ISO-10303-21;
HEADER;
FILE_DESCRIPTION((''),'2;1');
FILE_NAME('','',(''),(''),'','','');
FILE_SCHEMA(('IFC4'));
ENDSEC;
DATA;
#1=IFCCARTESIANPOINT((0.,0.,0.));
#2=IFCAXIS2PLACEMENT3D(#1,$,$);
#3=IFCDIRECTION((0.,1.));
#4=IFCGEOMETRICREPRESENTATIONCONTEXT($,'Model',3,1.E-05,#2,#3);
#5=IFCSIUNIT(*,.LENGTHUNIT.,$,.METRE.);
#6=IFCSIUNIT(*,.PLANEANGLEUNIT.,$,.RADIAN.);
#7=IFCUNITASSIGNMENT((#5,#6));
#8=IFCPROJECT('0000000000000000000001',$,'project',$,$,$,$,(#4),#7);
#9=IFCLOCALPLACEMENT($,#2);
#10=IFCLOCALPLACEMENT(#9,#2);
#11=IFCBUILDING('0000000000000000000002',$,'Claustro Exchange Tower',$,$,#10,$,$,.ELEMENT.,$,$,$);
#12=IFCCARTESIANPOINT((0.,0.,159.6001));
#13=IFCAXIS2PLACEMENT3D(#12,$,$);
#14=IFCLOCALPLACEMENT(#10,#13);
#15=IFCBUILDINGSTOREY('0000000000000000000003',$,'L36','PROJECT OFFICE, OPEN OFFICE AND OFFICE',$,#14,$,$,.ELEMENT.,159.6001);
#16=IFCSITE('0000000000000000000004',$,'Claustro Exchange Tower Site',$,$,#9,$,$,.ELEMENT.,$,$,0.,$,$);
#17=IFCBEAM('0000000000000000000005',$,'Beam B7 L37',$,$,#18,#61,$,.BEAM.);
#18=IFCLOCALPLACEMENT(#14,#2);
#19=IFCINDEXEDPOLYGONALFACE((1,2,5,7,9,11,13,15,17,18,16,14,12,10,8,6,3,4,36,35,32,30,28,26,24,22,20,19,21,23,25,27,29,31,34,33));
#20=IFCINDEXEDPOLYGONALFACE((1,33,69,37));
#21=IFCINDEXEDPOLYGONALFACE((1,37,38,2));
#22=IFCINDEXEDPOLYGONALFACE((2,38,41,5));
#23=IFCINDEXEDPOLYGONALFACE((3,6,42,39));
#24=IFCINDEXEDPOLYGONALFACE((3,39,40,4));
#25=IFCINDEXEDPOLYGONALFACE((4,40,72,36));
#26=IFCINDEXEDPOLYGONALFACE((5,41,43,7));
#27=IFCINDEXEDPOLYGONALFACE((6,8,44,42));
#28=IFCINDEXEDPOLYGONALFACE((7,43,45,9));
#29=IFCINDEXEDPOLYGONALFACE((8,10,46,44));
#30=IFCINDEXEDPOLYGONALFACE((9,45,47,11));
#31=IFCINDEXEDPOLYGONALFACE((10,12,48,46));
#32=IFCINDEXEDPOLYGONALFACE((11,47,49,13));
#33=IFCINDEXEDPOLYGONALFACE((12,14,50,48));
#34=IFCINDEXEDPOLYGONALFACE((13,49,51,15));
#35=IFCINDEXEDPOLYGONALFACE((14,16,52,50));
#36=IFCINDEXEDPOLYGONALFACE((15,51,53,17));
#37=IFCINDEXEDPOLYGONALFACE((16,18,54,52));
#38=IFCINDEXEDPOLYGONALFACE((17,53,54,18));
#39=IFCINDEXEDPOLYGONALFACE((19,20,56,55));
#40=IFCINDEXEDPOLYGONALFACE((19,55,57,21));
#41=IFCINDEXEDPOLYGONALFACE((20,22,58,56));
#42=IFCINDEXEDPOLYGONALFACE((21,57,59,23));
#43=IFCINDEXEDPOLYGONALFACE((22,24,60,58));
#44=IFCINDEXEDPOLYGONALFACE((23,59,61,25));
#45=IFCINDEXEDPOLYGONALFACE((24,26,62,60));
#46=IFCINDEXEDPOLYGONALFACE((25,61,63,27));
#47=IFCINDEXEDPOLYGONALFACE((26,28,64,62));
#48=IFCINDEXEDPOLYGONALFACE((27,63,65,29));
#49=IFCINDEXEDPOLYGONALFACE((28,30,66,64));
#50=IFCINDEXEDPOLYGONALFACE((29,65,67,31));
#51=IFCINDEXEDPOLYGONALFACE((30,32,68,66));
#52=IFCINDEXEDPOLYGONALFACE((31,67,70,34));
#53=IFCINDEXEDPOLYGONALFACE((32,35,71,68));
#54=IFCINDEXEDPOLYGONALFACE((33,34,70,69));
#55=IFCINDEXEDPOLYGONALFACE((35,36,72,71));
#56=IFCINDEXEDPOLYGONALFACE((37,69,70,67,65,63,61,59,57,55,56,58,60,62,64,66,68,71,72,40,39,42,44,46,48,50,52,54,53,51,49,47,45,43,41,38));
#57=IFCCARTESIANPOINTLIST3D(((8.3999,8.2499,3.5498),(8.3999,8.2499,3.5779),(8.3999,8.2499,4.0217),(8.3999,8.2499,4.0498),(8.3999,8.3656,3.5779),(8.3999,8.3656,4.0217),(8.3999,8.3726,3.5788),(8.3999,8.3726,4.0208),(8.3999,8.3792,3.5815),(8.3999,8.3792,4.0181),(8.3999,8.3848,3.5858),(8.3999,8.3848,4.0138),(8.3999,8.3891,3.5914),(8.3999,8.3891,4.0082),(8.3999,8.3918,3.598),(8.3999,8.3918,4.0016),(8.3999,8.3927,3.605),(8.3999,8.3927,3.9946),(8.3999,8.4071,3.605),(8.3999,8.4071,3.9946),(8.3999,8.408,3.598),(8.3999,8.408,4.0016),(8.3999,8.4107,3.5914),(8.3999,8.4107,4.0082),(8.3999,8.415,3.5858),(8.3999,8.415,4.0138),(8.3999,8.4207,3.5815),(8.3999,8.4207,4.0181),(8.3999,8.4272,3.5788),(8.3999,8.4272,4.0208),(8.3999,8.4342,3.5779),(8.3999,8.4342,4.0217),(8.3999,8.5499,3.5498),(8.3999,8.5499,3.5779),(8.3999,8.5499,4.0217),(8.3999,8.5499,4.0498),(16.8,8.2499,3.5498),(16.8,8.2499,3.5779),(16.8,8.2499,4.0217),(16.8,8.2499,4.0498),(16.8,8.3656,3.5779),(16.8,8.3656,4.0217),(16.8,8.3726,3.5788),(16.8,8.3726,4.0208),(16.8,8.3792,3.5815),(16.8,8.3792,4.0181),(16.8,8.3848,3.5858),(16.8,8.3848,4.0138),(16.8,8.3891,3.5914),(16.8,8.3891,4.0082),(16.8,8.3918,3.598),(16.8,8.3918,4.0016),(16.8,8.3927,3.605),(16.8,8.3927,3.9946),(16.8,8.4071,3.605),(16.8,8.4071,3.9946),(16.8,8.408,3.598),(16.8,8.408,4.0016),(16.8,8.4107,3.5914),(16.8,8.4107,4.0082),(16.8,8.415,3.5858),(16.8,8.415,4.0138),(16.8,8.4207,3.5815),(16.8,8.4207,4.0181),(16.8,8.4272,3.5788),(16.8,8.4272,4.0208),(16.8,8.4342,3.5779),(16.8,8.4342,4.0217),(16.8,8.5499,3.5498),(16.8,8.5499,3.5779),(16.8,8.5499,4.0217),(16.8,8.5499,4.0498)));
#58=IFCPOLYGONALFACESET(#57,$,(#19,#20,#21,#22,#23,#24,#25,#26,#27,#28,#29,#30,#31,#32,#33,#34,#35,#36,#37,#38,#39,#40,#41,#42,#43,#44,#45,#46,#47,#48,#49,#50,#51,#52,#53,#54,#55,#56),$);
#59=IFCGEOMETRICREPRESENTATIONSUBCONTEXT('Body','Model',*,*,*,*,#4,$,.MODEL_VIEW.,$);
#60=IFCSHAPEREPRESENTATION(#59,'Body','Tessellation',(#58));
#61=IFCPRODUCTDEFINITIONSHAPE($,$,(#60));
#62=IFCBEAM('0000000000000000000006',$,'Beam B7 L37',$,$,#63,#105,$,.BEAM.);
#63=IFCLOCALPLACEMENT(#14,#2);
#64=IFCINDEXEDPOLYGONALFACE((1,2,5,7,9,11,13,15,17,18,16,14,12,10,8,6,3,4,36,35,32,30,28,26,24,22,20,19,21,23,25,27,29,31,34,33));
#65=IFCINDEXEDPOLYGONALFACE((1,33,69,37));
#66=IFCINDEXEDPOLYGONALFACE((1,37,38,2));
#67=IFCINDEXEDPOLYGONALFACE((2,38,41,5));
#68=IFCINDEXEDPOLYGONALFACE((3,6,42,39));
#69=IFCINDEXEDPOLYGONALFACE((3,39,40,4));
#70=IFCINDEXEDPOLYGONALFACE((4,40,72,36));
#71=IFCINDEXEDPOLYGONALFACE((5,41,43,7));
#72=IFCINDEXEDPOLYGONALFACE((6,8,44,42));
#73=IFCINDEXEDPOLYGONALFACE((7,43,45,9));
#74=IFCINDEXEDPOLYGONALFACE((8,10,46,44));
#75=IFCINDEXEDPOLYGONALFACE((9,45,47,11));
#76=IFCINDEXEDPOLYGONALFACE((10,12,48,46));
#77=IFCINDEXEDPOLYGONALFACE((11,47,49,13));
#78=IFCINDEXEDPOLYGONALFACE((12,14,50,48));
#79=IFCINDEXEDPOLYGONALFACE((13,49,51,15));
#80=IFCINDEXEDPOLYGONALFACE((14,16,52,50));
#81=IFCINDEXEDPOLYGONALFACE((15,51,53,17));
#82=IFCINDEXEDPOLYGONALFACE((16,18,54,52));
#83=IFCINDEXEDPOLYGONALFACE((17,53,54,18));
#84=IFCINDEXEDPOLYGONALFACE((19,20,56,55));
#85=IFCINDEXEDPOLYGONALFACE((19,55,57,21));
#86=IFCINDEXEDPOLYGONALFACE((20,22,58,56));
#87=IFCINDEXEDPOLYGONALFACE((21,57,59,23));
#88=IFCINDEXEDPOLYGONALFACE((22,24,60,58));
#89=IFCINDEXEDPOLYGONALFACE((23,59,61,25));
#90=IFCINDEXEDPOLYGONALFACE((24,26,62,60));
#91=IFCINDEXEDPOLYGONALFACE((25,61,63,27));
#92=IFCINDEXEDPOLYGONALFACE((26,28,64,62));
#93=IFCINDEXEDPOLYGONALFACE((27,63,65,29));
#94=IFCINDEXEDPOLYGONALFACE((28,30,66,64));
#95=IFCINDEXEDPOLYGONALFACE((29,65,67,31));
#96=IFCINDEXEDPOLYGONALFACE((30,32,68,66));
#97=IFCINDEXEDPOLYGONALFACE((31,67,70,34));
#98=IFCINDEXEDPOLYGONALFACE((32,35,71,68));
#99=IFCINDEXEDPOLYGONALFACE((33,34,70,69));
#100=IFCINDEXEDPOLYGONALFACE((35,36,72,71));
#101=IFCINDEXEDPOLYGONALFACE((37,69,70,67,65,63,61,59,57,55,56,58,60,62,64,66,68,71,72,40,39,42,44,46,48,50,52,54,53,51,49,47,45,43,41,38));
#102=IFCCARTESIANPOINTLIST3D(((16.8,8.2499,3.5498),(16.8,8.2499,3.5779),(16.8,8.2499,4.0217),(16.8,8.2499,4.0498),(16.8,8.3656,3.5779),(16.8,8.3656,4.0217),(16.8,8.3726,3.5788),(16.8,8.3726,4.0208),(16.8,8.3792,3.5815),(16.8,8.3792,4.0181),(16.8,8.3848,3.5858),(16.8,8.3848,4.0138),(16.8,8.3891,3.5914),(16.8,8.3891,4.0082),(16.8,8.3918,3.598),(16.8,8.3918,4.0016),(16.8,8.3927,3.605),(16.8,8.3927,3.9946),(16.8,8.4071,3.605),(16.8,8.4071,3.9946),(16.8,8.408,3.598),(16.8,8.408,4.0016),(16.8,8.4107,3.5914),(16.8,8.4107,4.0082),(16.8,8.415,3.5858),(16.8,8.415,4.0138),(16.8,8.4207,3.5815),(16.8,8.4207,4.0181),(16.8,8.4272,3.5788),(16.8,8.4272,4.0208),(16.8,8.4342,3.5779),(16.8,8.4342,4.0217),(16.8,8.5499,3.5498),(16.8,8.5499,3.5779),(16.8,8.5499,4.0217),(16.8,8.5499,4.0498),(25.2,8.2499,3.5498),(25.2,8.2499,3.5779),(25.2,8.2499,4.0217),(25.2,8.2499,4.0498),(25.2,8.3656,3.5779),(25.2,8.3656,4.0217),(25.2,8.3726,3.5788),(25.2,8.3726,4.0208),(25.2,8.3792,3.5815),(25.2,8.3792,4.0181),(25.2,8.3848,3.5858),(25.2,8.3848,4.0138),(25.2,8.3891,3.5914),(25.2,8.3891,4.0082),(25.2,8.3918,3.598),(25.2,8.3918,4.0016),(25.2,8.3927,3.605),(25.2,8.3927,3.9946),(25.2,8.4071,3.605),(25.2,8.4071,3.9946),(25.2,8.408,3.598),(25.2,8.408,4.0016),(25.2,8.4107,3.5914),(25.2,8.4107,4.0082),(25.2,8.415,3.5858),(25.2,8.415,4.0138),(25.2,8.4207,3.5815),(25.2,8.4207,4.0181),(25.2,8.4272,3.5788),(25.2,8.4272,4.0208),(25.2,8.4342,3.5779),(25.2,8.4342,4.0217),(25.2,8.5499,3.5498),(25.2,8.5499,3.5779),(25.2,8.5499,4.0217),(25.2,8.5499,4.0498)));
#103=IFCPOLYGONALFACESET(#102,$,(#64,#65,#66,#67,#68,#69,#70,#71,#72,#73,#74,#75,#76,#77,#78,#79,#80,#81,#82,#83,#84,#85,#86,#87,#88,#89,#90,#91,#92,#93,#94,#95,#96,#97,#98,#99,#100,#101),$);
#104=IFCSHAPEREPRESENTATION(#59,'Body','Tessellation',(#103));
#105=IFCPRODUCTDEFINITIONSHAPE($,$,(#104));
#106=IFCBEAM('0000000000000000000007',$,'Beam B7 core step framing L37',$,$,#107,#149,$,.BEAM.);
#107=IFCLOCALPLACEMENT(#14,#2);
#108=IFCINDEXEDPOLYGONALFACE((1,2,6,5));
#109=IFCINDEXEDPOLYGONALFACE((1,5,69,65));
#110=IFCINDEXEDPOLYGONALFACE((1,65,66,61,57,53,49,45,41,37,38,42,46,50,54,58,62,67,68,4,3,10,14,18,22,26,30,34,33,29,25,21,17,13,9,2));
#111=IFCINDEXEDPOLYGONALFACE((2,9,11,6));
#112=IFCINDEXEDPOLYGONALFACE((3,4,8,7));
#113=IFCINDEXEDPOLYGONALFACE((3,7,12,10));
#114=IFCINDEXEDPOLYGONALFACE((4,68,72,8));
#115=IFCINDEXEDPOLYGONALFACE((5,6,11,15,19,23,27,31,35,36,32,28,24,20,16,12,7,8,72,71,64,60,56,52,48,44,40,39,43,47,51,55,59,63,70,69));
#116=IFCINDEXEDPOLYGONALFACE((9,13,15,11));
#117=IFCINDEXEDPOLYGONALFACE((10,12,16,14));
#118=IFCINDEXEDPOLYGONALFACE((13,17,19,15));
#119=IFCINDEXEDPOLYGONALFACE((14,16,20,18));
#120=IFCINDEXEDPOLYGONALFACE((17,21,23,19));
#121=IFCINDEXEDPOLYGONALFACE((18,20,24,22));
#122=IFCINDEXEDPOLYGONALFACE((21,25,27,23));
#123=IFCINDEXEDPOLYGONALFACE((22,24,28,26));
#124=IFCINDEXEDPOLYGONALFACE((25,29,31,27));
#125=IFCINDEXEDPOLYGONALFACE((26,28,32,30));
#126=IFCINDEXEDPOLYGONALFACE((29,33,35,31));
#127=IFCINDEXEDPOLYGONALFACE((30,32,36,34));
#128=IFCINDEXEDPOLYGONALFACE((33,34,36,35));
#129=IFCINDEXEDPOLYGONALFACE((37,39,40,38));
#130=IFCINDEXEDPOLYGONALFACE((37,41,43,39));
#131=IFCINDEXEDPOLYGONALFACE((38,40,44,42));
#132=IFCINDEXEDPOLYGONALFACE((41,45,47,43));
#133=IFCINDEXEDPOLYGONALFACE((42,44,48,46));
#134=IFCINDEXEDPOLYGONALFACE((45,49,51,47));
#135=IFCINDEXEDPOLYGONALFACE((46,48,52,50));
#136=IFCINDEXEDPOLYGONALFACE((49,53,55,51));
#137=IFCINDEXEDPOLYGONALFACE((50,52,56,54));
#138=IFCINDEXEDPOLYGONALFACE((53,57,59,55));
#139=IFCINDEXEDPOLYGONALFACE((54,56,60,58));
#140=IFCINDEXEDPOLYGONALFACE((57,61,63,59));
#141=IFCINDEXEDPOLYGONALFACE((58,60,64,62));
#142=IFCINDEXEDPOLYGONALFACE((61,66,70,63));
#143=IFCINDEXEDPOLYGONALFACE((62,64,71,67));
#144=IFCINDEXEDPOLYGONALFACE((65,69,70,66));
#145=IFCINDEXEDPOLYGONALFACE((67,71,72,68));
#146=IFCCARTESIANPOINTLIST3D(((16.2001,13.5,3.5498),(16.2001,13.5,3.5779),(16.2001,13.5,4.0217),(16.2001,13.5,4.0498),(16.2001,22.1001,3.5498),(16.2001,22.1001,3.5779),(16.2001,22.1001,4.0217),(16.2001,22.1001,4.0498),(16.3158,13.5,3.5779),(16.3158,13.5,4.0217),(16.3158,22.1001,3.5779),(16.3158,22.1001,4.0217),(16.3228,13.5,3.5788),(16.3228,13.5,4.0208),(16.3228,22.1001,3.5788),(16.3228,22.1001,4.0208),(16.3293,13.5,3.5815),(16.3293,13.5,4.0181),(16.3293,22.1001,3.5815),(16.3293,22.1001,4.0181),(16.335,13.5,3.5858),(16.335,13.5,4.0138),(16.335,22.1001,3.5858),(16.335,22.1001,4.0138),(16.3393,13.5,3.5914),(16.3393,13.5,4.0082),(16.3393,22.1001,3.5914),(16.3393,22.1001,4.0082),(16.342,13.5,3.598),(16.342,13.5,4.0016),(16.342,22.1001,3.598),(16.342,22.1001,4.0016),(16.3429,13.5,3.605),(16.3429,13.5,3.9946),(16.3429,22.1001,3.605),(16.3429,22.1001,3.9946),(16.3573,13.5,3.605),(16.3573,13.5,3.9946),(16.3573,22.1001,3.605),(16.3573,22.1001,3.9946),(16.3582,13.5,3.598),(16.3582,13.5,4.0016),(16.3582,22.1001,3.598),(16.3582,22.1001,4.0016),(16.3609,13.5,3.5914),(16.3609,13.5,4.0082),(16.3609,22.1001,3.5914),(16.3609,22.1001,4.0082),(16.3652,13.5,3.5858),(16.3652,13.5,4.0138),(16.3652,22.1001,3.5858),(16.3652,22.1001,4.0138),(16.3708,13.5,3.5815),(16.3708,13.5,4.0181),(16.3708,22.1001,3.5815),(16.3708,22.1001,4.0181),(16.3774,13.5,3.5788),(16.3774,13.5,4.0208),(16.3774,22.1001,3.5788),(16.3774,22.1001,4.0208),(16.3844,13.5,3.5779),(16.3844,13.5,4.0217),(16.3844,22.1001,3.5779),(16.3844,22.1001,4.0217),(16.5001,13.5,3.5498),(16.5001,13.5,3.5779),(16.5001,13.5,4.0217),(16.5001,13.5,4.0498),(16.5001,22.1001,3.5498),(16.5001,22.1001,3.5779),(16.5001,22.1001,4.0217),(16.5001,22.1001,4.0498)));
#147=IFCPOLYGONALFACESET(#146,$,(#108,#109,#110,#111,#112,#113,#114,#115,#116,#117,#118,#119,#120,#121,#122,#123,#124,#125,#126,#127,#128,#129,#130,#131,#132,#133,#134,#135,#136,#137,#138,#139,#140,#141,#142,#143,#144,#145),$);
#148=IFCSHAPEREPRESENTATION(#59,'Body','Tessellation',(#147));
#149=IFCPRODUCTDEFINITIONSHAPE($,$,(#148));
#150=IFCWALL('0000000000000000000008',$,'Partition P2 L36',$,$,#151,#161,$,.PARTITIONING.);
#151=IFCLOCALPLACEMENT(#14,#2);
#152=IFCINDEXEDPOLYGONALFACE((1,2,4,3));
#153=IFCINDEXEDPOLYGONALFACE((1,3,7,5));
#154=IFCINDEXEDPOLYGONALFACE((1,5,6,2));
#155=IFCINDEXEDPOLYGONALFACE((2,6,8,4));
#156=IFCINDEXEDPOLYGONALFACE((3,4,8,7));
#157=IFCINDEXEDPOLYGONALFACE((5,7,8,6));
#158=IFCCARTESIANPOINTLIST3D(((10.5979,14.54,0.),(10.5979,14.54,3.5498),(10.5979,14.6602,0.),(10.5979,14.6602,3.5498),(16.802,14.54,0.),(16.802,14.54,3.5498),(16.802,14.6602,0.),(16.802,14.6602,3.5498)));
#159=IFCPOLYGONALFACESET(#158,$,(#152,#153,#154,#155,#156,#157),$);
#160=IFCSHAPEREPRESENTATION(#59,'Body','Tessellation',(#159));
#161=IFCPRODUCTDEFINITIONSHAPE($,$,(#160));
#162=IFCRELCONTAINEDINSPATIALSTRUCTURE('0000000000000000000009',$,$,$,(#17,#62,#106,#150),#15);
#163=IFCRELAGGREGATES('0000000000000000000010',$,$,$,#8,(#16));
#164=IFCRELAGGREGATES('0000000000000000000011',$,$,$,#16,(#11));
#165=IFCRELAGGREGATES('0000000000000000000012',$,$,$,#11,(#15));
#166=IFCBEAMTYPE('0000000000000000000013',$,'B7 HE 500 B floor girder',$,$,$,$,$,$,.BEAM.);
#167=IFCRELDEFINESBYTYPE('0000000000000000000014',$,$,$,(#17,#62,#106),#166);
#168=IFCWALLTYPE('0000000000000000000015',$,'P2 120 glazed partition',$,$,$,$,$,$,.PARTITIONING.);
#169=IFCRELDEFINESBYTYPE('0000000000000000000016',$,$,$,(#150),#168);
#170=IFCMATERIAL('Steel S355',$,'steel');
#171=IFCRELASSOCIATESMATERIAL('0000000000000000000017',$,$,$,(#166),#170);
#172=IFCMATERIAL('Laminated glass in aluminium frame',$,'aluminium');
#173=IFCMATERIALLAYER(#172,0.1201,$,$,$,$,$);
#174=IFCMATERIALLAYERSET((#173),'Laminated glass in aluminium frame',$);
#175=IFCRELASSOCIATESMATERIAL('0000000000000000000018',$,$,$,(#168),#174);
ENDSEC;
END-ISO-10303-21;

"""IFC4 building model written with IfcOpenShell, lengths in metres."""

from ifc_helpers import new_model, si_unit, direction, frame, frame_2d, origin, origin_2d, place, context, subcontext, project, spatial, rectangle, i_section, extrude, material, layer, layer_set, material_profile, profile_set, type_object, element, save


model = new_model("IFC4")

# Units and contexts
model_context = context("Model", 3, precision=1e-05, world=origin(), true_north=direction((0.0, 1.0)))
body_context = subcontext(model_context, "Body", "Model", "MODEL_VIEW")
ifc_project = project(units=[si_unit("LENGTHUNIT", "METRE"), si_unit("PLANEANGLEUNIT", "RADIAN")], contexts=[model_context])

# Site, building, storey
site_placement = place(None, origin())
site = spatial("IfcSite", under=ifc_project, at=site_placement, Name="Claustro Exchange Tower Site", CompositionType="ELEMENT", RefElevation=0.0)
building_placement = place(site_placement, origin())
building = spatial("IfcBuilding", under=site, at=building_placement, Name="Claustro Exchange Tower", CompositionType="ELEMENT")
storey_placement = place(building_placement, frame((0.0, 0.0, 159.6001)))
storey = spatial("IfcBuildingStorey", under=building, at=storey_placement, Name="L36", Description="PROJECT OFFICE, OPEN OFFICE AND OFFICE", CompositionType="ELEMENT", Elevation=159.6001)

# Beams
ifc_material_1 = material(Name="Steel S355", Category="steel")
ifc_material_profile_1 = material_profile(ifc_material_1, i_section(OverallWidth=0.3, OverallDepth=0.5, WebThickness=0.0144, FlangeThickness=0.0281, FilletRadius=0.0271, at=origin_2d()), Name="HE 500 B")
ifc_profile_set_1 = profile_set([ifc_material_profile_1], Name="Steel S355")
beam_type_1 = type_object("IfcBeamType", Name="B7 HE 500 B floor girder", PredefinedType="BEAM", material=ifc_profile_set_1)
beam_1_placement = place(storey_placement, frame((8.3999, 8.3999, 3.7998), z_axis=(1.0, 0.0, 0.0), x_axis=(0.0, 1.0, 0.0)))
element("IfcBeam", 1, at=beam_1_placement, inside=storey, type_object=beam_type_1, Name="Beam B7 L37", PredefinedType="BEAM", context=body_context, shape_type="SweptSolid", body=[
    extrude(i_section(OverallWidth=0.3, OverallDepth=0.5, WebThickness=0.0144, FlangeThickness=0.0281, FilletRadius=0.0271, at=origin_2d()), origin(), (0.0, 0.0, 1.0), 8.4001),
])
beam_2_placement = place(storey_placement, frame((16.8, 8.3999, 3.7998), z_axis=(1.0, 0.0, 0.0), x_axis=(0.0, 1.0, 0.0)))
element("IfcBeam", 2, at=beam_2_placement, inside=storey, type_object=beam_type_1, Name="Beam B7 L37", PredefinedType="BEAM", context=body_context, shape_type="SweptSolid", body=[
    extrude(i_section(OverallWidth=0.3, OverallDepth=0.5, WebThickness=0.0144, FlangeThickness=0.0281, FilletRadius=0.0271, at=origin_2d()), origin(), (0.0, 0.0, 1.0), 8.3999),
])
beam_3_placement = place(storey_placement, frame((16.3501, 13.5, 3.7998), z_axis=(0.0, 1.0, 0.0), x_axis=(-1.0, 0.0, 0.0)))
element("IfcBeam", 3, at=beam_3_placement, inside=storey, type_object=beam_type_1, Name="Beam B7 core step framing L37", PredefinedType="BEAM", context=body_context, shape_type="SweptSolid", body=[
    extrude(i_section(OverallWidth=0.3, OverallDepth=0.5, WebThickness=0.0144, FlangeThickness=0.0281, FilletRadius=0.0271, at=origin_2d()), origin(), (0.0, 0.0, 1.0), 8.6001),
])

# Wall
ifc_material_2 = material(Name="Laminated glass in aluminium frame", Category="aluminium")
ifc_layer_1 = layer(ifc_material_2, 0.1201)
ifc_layer_set_1 = layer_set([ifc_layer_1], Name="Laminated glass in aluminium frame")
wall_type_1 = type_object("IfcWallType", Name="P2 120 glazed partition", PredefinedType="PARTITIONING", material=ifc_layer_set_1)
wall_1_placement = place(storey_placement, frame((10.5979, 14.6001, 0.0), z_axis=(0.0, 0.0, 1.0), x_axis=(1.0, 0.0, 0.0)))
element("IfcWall", 4, at=wall_1_placement, inside=storey, type_object=wall_type_1, Name="Partition P2 L36", PredefinedType="PARTITIONING", context=body_context, shape_type="SweptSolid", body=[
    extrude(rectangle(XDim=6.2041, YDim=0.1201, at=frame_2d((3.1021, 0.0))), origin(), (0.0, 0.0, 1.0), 3.5498),
])

save(model, "model.ifc")
